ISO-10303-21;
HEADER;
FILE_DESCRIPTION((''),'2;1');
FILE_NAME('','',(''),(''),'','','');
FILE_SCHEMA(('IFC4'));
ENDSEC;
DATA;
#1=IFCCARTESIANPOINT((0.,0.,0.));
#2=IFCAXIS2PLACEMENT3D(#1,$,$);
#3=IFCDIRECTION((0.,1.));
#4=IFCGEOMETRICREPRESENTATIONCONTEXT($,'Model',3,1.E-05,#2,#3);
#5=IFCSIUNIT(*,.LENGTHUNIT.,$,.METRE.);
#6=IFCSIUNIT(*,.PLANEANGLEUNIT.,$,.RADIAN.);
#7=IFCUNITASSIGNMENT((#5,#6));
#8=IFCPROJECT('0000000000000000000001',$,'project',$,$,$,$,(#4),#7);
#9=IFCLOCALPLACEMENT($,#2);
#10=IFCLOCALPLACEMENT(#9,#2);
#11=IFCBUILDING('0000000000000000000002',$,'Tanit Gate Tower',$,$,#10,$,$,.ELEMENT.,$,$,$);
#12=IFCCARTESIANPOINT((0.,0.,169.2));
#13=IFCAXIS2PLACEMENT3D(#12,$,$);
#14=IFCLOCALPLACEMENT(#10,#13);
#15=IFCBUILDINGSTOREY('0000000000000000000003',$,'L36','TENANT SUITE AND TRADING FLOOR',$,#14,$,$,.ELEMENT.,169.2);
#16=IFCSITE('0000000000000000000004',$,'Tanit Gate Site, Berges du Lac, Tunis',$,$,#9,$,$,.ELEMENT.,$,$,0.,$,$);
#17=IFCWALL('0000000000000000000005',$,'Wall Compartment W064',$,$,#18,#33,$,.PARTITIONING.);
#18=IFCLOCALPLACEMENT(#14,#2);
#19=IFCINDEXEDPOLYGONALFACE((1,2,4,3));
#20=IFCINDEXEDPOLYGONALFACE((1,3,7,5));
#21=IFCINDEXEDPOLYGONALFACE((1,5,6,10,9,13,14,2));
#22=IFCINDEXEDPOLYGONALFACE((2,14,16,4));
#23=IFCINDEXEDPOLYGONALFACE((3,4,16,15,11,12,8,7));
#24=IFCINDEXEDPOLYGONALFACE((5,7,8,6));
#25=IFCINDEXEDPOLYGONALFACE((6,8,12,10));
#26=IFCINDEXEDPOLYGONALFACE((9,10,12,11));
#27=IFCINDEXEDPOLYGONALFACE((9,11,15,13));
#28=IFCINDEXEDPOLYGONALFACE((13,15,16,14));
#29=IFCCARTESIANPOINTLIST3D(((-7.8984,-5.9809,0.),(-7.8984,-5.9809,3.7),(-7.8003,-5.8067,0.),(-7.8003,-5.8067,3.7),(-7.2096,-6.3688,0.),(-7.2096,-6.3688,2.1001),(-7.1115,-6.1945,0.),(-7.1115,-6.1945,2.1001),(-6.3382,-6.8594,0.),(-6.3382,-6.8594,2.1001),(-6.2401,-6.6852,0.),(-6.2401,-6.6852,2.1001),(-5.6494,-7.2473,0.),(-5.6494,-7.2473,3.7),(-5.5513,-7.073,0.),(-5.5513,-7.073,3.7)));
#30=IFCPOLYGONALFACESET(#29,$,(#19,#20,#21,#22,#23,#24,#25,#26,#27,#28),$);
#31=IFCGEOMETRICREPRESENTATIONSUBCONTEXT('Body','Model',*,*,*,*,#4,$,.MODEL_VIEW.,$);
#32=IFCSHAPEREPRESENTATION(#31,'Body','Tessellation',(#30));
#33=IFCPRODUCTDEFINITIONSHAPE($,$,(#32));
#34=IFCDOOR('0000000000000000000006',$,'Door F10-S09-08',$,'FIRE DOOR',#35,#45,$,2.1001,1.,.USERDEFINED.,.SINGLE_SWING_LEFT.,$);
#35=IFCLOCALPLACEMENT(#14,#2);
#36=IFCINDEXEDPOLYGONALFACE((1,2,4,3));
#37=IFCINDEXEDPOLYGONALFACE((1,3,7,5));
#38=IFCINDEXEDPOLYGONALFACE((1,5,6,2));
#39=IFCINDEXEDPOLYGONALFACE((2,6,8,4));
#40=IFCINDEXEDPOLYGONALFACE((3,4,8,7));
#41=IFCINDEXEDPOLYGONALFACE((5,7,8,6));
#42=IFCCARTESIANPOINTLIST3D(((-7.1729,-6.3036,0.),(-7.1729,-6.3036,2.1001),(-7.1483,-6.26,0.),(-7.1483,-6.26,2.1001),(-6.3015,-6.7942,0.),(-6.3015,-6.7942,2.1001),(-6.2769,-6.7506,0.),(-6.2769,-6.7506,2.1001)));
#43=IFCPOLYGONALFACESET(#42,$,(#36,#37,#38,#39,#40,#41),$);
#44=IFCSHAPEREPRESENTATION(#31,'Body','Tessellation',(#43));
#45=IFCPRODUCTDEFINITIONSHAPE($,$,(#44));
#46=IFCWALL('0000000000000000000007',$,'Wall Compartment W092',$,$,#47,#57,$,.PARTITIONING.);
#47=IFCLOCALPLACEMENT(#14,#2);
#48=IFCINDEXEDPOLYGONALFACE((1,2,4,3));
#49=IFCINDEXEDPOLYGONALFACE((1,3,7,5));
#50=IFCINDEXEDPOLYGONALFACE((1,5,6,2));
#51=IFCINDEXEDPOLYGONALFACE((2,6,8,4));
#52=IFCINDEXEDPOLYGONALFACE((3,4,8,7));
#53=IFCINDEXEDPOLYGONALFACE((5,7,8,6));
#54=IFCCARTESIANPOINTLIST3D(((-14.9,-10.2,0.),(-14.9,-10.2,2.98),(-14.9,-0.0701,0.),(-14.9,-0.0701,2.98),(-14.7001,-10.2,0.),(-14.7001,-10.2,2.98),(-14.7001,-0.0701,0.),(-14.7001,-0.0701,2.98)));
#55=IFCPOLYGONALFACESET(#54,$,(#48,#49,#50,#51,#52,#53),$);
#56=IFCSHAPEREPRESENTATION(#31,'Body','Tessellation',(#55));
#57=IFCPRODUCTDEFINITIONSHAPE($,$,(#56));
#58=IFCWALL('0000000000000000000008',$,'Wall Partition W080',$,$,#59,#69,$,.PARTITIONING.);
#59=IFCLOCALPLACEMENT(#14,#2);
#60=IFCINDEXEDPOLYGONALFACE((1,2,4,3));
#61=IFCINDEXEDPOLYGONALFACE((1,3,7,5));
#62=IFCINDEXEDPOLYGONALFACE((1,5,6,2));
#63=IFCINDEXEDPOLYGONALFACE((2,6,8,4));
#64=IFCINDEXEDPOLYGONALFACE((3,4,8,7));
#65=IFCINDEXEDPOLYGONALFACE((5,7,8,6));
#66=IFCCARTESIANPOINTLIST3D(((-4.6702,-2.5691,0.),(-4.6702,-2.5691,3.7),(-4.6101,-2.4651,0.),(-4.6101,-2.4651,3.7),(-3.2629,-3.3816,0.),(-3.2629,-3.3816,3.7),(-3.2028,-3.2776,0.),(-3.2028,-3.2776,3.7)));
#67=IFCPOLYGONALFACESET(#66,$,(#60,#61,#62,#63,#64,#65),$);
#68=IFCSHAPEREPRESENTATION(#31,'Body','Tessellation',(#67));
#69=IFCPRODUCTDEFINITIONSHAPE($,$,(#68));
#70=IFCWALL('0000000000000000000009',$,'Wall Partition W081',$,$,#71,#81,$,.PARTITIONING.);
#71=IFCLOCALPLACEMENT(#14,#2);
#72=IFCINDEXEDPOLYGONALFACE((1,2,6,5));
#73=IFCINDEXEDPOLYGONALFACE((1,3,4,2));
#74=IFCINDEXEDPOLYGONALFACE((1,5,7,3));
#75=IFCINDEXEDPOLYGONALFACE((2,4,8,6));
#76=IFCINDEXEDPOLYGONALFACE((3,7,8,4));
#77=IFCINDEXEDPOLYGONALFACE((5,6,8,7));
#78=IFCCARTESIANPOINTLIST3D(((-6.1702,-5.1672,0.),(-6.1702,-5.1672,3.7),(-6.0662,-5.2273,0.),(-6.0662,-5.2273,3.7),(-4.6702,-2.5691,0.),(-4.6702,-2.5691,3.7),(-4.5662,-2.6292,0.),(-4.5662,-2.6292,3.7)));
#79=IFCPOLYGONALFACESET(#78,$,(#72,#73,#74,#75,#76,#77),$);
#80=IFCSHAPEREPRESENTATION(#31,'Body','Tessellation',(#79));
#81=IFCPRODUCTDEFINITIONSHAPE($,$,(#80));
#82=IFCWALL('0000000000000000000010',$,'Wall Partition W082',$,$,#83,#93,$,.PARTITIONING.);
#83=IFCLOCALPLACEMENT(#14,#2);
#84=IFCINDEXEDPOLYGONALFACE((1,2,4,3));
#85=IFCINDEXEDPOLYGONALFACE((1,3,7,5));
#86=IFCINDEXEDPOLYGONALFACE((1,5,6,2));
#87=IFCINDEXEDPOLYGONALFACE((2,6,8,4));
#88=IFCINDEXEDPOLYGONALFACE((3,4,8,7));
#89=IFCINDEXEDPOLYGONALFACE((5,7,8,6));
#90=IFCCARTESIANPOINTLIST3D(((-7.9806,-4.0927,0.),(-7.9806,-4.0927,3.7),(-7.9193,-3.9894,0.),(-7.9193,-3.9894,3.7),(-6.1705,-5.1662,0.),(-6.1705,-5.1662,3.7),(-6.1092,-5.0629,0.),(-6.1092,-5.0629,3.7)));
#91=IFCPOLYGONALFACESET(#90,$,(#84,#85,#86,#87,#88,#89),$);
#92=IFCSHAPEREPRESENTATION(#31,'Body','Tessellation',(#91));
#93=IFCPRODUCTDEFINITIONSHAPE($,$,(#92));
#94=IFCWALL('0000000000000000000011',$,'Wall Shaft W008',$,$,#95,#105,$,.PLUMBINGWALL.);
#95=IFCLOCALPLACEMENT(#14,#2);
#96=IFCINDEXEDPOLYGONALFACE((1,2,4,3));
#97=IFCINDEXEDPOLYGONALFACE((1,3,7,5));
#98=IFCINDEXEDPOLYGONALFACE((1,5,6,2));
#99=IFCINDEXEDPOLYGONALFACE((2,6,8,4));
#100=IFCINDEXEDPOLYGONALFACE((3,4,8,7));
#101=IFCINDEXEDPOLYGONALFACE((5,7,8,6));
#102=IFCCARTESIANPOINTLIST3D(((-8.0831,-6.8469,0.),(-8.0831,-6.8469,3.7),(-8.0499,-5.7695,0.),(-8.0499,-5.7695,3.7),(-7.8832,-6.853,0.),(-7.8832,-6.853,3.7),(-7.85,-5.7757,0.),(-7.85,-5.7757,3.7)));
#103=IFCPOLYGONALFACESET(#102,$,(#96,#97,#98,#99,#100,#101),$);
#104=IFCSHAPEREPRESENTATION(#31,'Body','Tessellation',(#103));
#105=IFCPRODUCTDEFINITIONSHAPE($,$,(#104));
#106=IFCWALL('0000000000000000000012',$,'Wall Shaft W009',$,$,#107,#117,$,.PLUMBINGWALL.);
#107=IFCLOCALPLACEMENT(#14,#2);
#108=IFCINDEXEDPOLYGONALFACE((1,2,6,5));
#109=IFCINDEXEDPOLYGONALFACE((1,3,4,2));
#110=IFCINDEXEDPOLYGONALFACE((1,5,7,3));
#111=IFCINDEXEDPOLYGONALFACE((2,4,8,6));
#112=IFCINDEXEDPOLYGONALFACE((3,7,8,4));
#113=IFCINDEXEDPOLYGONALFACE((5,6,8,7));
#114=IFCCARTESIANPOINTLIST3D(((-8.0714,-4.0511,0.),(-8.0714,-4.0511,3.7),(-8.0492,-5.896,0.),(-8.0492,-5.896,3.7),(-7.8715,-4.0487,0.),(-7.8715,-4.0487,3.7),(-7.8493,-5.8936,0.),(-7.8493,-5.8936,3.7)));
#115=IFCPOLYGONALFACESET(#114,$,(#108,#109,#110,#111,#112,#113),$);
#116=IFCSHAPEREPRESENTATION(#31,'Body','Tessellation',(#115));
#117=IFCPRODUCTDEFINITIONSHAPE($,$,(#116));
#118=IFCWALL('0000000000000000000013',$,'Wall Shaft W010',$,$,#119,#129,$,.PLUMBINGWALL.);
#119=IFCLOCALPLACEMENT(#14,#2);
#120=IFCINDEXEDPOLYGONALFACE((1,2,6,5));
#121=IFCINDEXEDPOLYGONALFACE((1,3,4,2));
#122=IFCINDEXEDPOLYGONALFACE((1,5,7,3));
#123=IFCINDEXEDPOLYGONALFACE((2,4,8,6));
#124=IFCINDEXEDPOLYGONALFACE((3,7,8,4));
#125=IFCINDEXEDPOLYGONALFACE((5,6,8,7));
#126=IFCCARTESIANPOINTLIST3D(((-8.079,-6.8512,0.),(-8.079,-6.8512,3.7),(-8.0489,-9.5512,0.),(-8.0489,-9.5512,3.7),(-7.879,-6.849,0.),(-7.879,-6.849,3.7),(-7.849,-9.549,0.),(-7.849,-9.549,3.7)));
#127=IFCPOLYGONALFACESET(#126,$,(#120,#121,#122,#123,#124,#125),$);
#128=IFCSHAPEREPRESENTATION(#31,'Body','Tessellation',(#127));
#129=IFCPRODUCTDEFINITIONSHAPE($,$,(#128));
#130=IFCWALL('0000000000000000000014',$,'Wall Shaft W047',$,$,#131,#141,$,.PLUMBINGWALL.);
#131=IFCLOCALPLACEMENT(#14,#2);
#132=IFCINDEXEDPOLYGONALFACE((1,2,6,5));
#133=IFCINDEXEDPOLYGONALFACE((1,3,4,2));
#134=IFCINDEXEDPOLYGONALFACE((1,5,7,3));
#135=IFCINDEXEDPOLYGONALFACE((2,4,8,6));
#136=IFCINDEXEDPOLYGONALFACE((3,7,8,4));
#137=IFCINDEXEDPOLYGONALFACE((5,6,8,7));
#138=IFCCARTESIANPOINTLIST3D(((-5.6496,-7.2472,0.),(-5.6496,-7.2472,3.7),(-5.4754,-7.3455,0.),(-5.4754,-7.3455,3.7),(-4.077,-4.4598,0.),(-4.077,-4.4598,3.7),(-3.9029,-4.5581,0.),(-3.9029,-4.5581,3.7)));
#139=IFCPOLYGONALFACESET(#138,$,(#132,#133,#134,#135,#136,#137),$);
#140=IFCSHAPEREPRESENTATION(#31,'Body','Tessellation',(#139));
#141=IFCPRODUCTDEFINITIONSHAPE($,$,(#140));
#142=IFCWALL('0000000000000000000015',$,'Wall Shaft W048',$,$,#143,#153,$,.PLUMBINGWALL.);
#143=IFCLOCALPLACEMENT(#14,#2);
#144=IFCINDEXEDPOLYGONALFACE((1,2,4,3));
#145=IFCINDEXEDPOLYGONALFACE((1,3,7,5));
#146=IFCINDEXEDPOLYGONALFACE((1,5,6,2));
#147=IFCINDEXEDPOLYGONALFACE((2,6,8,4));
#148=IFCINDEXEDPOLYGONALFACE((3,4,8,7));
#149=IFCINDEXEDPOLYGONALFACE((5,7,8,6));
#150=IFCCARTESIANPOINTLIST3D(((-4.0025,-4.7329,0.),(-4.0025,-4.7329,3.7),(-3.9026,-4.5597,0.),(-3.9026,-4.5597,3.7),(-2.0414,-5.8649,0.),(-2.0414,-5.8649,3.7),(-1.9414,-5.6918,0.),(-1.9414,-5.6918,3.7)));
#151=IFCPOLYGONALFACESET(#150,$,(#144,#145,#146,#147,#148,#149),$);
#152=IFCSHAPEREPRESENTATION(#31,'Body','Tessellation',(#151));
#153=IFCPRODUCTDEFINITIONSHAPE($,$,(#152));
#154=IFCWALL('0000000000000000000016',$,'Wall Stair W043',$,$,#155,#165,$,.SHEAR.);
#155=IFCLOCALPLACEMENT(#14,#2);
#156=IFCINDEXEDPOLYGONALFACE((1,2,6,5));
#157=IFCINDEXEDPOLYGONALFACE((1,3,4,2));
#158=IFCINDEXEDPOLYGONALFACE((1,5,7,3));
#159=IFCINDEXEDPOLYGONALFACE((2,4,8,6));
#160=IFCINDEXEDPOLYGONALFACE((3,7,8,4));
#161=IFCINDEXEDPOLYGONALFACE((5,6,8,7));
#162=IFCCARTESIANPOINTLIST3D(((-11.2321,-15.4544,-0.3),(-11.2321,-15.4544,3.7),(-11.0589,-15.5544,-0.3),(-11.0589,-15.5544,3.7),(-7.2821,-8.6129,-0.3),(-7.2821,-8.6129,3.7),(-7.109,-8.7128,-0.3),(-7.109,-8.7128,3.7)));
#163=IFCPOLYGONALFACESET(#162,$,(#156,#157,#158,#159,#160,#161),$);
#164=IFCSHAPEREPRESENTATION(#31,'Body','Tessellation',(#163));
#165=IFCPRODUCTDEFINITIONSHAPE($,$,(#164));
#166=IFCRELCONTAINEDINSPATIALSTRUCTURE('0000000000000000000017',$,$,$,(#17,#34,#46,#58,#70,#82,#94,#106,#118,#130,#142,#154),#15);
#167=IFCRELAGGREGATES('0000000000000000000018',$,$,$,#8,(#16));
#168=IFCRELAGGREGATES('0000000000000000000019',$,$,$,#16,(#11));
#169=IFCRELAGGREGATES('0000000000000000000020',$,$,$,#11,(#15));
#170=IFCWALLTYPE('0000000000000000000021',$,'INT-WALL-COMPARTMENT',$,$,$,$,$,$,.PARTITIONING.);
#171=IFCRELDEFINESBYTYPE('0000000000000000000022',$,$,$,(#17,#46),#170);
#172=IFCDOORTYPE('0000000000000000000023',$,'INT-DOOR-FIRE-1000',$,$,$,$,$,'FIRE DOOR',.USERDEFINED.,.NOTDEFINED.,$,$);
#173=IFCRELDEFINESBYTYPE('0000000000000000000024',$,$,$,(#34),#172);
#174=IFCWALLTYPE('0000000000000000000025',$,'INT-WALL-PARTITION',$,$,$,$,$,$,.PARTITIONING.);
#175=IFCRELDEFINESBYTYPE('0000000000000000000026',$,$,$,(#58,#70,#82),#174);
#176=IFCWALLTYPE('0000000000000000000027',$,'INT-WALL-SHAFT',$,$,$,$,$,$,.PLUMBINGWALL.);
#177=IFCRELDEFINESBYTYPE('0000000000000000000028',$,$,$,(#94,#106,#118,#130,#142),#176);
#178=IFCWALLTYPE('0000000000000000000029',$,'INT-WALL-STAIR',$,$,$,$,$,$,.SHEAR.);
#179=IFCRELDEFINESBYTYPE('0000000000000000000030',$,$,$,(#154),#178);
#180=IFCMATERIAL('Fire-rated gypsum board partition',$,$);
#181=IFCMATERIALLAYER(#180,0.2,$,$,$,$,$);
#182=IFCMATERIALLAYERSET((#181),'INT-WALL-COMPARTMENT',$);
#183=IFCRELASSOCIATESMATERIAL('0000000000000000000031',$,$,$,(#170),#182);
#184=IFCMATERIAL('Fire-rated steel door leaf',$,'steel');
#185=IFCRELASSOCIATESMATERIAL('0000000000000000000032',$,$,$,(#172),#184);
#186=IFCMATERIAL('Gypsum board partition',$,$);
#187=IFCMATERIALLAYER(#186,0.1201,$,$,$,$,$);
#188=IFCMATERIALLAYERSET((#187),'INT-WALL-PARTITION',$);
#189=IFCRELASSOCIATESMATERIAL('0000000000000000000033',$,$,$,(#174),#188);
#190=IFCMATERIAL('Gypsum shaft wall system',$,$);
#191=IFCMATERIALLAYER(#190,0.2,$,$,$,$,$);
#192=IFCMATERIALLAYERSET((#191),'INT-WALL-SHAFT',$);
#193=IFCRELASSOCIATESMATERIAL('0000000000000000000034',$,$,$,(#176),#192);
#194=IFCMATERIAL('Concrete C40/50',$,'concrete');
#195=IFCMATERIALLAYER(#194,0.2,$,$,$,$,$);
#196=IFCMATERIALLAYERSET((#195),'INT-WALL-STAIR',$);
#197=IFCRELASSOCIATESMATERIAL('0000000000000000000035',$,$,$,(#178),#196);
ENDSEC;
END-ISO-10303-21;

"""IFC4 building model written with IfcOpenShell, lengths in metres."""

from ifc_helpers import new_model, si_unit, direction, frame, frame_2d, origin, place, context, subcontext, project, spatial, rectangle, extrude, material, layer, layer_set, type_object, element, fill, save


model = new_model("IFC4")

# Units and contexts
model_context = context("Model", 3, precision=1e-05, world=origin(), true_north=direction((0.0, 1.0)))
body_context = subcontext(model_context, "Body", "Model", "MODEL_VIEW")
ifc_project = project(units=[si_unit("LENGTHUNIT", "METRE"), si_unit("PLANEANGLEUNIT", "RADIAN")], contexts=[model_context])

# Site, building, storey
site_placement = place(None, origin())
site = spatial("IfcSite", under=ifc_project, at=site_placement, Name="Tanit Gate Site, Berges du Lac, Tunis", CompositionType="ELEMENT", RefElevation=0.0)
building_placement = place(site_placement, origin())
building = spatial("IfcBuilding", under=site, at=building_placement, Name="Tanit Gate Tower", CompositionType="ELEMENT")
storey_placement = place(building_placement, frame((0.0, 0.0, 169.2)))
storey = spatial("IfcBuildingStorey", under=building, at=storey_placement, Name="L36", Description="TENANT SUITE AND TRADING FLOOR", CompositionType="ELEMENT", Elevation=169.2)

# Wall, opening, door
ifc_material_1 = material(Name="Fire-rated gypsum board partition")
ifc_layer_1 = layer(ifc_material_1, 0.2)
ifc_layer_set_1 = layer_set([ifc_layer_1], Name="INT-WALL-COMPARTMENT")
wall_type_1 = type_object("IfcWallType", Name="INT-WALL-COMPARTMENT", PredefinedType="PARTITIONING", material=ifc_layer_set_1)
wall_1_placement = place(storey_placement, frame((-7.8494, -5.8938, 0.0), z_axis=(0.0, 0.0, 1.0), x_axis=(0.871363, -0.490638, 0.0)))
wall_1 = element("IfcWall", 1, at=wall_1_placement, inside=storey, type_object=wall_type_1, Name="Wall Compartment W064", PredefinedType="PARTITIONING", context=body_context, shape_type="SweptSolid", body=[
    extrude(rectangle(XDim=2.5811, YDim=0.2, at=frame_2d((1.2905, 0.0))), origin(), (0.0, 0.0, 1.0), 3.7),
])
opening_placement = place(wall_1_placement, frame((0.7905, 0.0, 0.0)))
opening = element("IfcOpeningElement", 2, at=opening_placement, cuts=wall_1, PredefinedType="OPENING", context=body_context, shape_type="SweptSolid", body=[
    extrude(rectangle(XDim=1.0, YDim=2.1001, at=frame_2d((0.5, 1.05))), frame((0.0, 0.1099, 0.0), z_axis=(0.0, -1.0, 0.0), x_axis=(1.0, 0.0, 0.0)), (0.0, 0.0, 1.0), 0.22),
])
ifc_material_2 = material(Name="Fire-rated steel door leaf", Category="steel")
door_type = type_object("IfcDoorType", Name="INT-DOOR-FIRE-1000", ElementType="FIRE DOOR", OperationType="NOTDEFINED", PredefinedType="USERDEFINED", material=ifc_material_2)
door_placement = place(opening_placement, origin())
door = element("IfcDoor", 3, at=door_placement, inside=storey, type_object=door_type, Name="Door F10-S09-08", ObjectType="FIRE DOOR", OperationType="SINGLE_SWING_LEFT", OverallHeight=2.1001, OverallWidth=1.0, PredefinedType="USERDEFINED", context=body_context, shape_type="SweptSolid", body=[
    extrude(rectangle(XDim=1.0, YDim=2.1001, at=frame_2d((0.5, 1.05))), frame((0.0, 0.0249, 0.0), z_axis=(0.0, -1.0, 0.0), x_axis=(1.0, 0.0, 0.0)), (0.0, 0.0, 1.0), 0.05),
])
fill(opening, door)

# Walls
wall_2_placement = place(storey_placement, frame((-14.8, -0.0701, 0.0), z_axis=(0.0, 0.0, 1.0), x_axis=(0.0, -1.0, 0.0)))
element("IfcWall", 4, at=wall_2_placement, inside=storey, type_object=wall_type_1, Name="Wall Compartment W092", PredefinedType="PARTITIONING", context=body_context, shape_type="SweptSolid", body=[
    extrude(rectangle(XDim=10.1299, YDim=0.2, at=frame_2d((5.0649, 0.0))), origin(), (0.0, 0.0, 1.0), 2.98),
])
ifc_material_3 = material(Name="Gypsum board partition")
ifc_layer_2 = layer(ifc_material_3, 0.1201)
ifc_layer_set_2 = layer_set([ifc_layer_2], Name="INT-WALL-PARTITION")
wall_type_2 = type_object("IfcWallType", Name="INT-WALL-PARTITION", PredefinedType="PARTITIONING", material=ifc_layer_set_2)
wall_3_placement = place(storey_placement, frame((-4.6401, -2.5171, 0.0), z_axis=(0.0, 0.0, 1.0), x_axis=(0.866015, -0.500017, 0.0)))
element("IfcWall", 5, at=wall_3_placement, inside=storey, type_object=wall_type_2, Name="Wall Partition W080", PredefinedType="PARTITIONING", context=body_context, shape_type="SweptSolid", body=[
    extrude(rectangle(XDim=1.625, YDim=0.1201, at=frame_2d((0.8125, 0.0))), origin(), (0.0, 0.0, 1.0), 3.7),
])
wall_4_placement = place(storey_placement, frame((-6.1182, -5.1973, 0.0), z_axis=(0.0, 0.0, 1.0), x_axis=(0.49999, 0.866031, 0.0)))
element("IfcWall", 6, at=wall_4_placement, inside=storey, type_object=wall_type_2, Name="Wall Partition W081", PredefinedType="PARTITIONING", context=body_context, shape_type="SweptSolid", body=[
    extrude(rectangle(XDim=3.0, YDim=0.1201, at=frame_2d((1.5, 0.0))), origin(), (0.0, 0.0, 1.0), 3.7),
])
wall_5_placement = place(storey_placement, frame((-7.95, -4.041, 0.0), z_axis=(0.0, 0.0, 1.0), x_axis=(0.860112, -0.510104, 0.0)))
element("IfcWall", 7, at=wall_5_placement, inside=storey, type_object=wall_type_2, Name="Wall Partition W082", PredefinedType="PARTITIONING", context=body_context, shape_type="SweptSolid", body=[
    extrude(rectangle(XDim=2.1045, YDim=0.1201, at=frame_2d((1.0522, 0.0))), origin(), (0.0, 0.0, 1.0), 3.7),
])
ifc_material_4 = material(Name="Gypsum shaft wall system")
ifc_layer_3 = layer(ifc_material_4, 0.2)
ifc_layer_set_3 = layer_set([ifc_layer_3], Name="INT-WALL-SHAFT")
wall_type_3 = type_object("IfcWallType", Name="INT-WALL-SHAFT", PredefinedType="PLUMBINGWALL", material=ifc_layer_set_3)
wall_6_placement = place(storey_placement, frame((-7.95, -5.7725, 0.0), z_axis=(0.0, 0.0, 1.0), x_axis=(-0.030803, -0.999525, 0.0)))
element("IfcWall", 8, at=wall_6_placement, inside=storey, type_object=wall_type_3, Name="Wall Shaft W008", PredefinedType="PLUMBINGWALL", context=body_context, shape_type="SweptSolid", body=[
    extrude(rectangle(XDim=1.0779, YDim=0.2, at=frame_2d((0.5391, 0.0))), origin(), (0.0, 0.0, 1.0), 3.7),
])
wall_7_placement = place(storey_placement, frame((-7.9714, -4.05, 0.0), z_axis=(0.0, 0.0, 1.0), x_axis=(0.012043, -0.999927, 0.0)))
element("IfcWall", 9, at=wall_7_placement, inside=storey, type_object=wall_type_3, Name="Wall Shaft W009", PredefinedType="PLUMBINGWALL", context=body_context, shape_type="SweptSolid", body=[
    extrude(rectangle(XDim=1.845, YDim=0.2, at=frame_2d((0.9224, 0.0))), origin(), (0.0, 0.0, 1.0), 3.7),
])
wall_8_placement = place(storey_placement, frame((-7.979, -6.8501, 0.0), z_axis=(0.0, 0.0, 1.0), x_axis=(0.011121, -0.999938, 0.0)))
element("IfcWall", 10, at=wall_8_placement, inside=storey, type_object=wall_type_3, Name="Wall Shaft W010", PredefinedType="PLUMBINGWALL", context=body_context, shape_type="SweptSolid", body=[
    extrude(rectangle(XDim=2.7002, YDim=0.2, at=frame_2d((1.3501, 0.0))), origin(), (0.0, 0.0, 1.0), 3.7),
])
wall_9_placement = place(storey_placement, frame((-3.99, -4.509, 0.0), z_axis=(0.0, 0.0, 1.0), x_axis=(-0.491358, -0.870958, 0.0)))
element("IfcWall", 11, at=wall_9_placement, inside=storey, type_object=wall_type_3, Name="Wall Shaft W047", PredefinedType="PLUMBINGWALL", context=body_context, shape_type="SweptSolid", body=[
    extrude(rectangle(XDim=3.2004, YDim=0.2, at=frame_2d((1.6001, 0.0))), origin(), (0.0, 0.0, 1.0), 3.7),
])
wall_10_placement = place(storey_placement, frame((-3.9526, -4.6462, 0.0), z_axis=(0.0, 0.0, 1.0), x_axis=(0.866065, -0.499931, 0.0)))
element("IfcWall", 12, at=wall_10_placement, inside=storey, type_object=wall_type_3, Name="Wall Shaft W048", PredefinedType="PLUMBINGWALL", context=body_context, shape_type="SweptSolid", body=[
    extrude(rectangle(XDim=2.2644, YDim=0.2, at=frame_2d((1.1323, 0.0))), origin(), (0.0, 0.0, 1.0), 3.7),
])
ifc_material_5 = material(Name="Concrete C40/50", Category="concrete")
ifc_layer_4 = layer(ifc_material_5, 0.2)
ifc_layer_set_4 = layer_set([ifc_layer_4], Name="INT-WALL-STAIR")
wall_type_4 = type_object("IfcWallType", Name="INT-WALL-STAIR", PredefinedType="SHEAR", material=ifc_layer_set_4)
wall_11_placement = place(storey_placement, frame((-7.1956, -8.6628, -0.3), z_axis=(0.0, 0.0, 1.0), x_axis=(-0.499998, -0.866027, 0.0)))
element("IfcWall", 13, at=wall_11_placement, inside=storey, type_object=wall_type_4, Name="Wall Stair W043", PredefinedType="SHEAR", context=body_context, shape_type="SweptSolid", body=[
    extrude(rectangle(XDim=7.8999, YDim=0.2, at=frame_2d((3.95, 0.0))), origin(), (0.0, 0.0, 1.0), 4.0),
])

save(model, "model.ifc")
